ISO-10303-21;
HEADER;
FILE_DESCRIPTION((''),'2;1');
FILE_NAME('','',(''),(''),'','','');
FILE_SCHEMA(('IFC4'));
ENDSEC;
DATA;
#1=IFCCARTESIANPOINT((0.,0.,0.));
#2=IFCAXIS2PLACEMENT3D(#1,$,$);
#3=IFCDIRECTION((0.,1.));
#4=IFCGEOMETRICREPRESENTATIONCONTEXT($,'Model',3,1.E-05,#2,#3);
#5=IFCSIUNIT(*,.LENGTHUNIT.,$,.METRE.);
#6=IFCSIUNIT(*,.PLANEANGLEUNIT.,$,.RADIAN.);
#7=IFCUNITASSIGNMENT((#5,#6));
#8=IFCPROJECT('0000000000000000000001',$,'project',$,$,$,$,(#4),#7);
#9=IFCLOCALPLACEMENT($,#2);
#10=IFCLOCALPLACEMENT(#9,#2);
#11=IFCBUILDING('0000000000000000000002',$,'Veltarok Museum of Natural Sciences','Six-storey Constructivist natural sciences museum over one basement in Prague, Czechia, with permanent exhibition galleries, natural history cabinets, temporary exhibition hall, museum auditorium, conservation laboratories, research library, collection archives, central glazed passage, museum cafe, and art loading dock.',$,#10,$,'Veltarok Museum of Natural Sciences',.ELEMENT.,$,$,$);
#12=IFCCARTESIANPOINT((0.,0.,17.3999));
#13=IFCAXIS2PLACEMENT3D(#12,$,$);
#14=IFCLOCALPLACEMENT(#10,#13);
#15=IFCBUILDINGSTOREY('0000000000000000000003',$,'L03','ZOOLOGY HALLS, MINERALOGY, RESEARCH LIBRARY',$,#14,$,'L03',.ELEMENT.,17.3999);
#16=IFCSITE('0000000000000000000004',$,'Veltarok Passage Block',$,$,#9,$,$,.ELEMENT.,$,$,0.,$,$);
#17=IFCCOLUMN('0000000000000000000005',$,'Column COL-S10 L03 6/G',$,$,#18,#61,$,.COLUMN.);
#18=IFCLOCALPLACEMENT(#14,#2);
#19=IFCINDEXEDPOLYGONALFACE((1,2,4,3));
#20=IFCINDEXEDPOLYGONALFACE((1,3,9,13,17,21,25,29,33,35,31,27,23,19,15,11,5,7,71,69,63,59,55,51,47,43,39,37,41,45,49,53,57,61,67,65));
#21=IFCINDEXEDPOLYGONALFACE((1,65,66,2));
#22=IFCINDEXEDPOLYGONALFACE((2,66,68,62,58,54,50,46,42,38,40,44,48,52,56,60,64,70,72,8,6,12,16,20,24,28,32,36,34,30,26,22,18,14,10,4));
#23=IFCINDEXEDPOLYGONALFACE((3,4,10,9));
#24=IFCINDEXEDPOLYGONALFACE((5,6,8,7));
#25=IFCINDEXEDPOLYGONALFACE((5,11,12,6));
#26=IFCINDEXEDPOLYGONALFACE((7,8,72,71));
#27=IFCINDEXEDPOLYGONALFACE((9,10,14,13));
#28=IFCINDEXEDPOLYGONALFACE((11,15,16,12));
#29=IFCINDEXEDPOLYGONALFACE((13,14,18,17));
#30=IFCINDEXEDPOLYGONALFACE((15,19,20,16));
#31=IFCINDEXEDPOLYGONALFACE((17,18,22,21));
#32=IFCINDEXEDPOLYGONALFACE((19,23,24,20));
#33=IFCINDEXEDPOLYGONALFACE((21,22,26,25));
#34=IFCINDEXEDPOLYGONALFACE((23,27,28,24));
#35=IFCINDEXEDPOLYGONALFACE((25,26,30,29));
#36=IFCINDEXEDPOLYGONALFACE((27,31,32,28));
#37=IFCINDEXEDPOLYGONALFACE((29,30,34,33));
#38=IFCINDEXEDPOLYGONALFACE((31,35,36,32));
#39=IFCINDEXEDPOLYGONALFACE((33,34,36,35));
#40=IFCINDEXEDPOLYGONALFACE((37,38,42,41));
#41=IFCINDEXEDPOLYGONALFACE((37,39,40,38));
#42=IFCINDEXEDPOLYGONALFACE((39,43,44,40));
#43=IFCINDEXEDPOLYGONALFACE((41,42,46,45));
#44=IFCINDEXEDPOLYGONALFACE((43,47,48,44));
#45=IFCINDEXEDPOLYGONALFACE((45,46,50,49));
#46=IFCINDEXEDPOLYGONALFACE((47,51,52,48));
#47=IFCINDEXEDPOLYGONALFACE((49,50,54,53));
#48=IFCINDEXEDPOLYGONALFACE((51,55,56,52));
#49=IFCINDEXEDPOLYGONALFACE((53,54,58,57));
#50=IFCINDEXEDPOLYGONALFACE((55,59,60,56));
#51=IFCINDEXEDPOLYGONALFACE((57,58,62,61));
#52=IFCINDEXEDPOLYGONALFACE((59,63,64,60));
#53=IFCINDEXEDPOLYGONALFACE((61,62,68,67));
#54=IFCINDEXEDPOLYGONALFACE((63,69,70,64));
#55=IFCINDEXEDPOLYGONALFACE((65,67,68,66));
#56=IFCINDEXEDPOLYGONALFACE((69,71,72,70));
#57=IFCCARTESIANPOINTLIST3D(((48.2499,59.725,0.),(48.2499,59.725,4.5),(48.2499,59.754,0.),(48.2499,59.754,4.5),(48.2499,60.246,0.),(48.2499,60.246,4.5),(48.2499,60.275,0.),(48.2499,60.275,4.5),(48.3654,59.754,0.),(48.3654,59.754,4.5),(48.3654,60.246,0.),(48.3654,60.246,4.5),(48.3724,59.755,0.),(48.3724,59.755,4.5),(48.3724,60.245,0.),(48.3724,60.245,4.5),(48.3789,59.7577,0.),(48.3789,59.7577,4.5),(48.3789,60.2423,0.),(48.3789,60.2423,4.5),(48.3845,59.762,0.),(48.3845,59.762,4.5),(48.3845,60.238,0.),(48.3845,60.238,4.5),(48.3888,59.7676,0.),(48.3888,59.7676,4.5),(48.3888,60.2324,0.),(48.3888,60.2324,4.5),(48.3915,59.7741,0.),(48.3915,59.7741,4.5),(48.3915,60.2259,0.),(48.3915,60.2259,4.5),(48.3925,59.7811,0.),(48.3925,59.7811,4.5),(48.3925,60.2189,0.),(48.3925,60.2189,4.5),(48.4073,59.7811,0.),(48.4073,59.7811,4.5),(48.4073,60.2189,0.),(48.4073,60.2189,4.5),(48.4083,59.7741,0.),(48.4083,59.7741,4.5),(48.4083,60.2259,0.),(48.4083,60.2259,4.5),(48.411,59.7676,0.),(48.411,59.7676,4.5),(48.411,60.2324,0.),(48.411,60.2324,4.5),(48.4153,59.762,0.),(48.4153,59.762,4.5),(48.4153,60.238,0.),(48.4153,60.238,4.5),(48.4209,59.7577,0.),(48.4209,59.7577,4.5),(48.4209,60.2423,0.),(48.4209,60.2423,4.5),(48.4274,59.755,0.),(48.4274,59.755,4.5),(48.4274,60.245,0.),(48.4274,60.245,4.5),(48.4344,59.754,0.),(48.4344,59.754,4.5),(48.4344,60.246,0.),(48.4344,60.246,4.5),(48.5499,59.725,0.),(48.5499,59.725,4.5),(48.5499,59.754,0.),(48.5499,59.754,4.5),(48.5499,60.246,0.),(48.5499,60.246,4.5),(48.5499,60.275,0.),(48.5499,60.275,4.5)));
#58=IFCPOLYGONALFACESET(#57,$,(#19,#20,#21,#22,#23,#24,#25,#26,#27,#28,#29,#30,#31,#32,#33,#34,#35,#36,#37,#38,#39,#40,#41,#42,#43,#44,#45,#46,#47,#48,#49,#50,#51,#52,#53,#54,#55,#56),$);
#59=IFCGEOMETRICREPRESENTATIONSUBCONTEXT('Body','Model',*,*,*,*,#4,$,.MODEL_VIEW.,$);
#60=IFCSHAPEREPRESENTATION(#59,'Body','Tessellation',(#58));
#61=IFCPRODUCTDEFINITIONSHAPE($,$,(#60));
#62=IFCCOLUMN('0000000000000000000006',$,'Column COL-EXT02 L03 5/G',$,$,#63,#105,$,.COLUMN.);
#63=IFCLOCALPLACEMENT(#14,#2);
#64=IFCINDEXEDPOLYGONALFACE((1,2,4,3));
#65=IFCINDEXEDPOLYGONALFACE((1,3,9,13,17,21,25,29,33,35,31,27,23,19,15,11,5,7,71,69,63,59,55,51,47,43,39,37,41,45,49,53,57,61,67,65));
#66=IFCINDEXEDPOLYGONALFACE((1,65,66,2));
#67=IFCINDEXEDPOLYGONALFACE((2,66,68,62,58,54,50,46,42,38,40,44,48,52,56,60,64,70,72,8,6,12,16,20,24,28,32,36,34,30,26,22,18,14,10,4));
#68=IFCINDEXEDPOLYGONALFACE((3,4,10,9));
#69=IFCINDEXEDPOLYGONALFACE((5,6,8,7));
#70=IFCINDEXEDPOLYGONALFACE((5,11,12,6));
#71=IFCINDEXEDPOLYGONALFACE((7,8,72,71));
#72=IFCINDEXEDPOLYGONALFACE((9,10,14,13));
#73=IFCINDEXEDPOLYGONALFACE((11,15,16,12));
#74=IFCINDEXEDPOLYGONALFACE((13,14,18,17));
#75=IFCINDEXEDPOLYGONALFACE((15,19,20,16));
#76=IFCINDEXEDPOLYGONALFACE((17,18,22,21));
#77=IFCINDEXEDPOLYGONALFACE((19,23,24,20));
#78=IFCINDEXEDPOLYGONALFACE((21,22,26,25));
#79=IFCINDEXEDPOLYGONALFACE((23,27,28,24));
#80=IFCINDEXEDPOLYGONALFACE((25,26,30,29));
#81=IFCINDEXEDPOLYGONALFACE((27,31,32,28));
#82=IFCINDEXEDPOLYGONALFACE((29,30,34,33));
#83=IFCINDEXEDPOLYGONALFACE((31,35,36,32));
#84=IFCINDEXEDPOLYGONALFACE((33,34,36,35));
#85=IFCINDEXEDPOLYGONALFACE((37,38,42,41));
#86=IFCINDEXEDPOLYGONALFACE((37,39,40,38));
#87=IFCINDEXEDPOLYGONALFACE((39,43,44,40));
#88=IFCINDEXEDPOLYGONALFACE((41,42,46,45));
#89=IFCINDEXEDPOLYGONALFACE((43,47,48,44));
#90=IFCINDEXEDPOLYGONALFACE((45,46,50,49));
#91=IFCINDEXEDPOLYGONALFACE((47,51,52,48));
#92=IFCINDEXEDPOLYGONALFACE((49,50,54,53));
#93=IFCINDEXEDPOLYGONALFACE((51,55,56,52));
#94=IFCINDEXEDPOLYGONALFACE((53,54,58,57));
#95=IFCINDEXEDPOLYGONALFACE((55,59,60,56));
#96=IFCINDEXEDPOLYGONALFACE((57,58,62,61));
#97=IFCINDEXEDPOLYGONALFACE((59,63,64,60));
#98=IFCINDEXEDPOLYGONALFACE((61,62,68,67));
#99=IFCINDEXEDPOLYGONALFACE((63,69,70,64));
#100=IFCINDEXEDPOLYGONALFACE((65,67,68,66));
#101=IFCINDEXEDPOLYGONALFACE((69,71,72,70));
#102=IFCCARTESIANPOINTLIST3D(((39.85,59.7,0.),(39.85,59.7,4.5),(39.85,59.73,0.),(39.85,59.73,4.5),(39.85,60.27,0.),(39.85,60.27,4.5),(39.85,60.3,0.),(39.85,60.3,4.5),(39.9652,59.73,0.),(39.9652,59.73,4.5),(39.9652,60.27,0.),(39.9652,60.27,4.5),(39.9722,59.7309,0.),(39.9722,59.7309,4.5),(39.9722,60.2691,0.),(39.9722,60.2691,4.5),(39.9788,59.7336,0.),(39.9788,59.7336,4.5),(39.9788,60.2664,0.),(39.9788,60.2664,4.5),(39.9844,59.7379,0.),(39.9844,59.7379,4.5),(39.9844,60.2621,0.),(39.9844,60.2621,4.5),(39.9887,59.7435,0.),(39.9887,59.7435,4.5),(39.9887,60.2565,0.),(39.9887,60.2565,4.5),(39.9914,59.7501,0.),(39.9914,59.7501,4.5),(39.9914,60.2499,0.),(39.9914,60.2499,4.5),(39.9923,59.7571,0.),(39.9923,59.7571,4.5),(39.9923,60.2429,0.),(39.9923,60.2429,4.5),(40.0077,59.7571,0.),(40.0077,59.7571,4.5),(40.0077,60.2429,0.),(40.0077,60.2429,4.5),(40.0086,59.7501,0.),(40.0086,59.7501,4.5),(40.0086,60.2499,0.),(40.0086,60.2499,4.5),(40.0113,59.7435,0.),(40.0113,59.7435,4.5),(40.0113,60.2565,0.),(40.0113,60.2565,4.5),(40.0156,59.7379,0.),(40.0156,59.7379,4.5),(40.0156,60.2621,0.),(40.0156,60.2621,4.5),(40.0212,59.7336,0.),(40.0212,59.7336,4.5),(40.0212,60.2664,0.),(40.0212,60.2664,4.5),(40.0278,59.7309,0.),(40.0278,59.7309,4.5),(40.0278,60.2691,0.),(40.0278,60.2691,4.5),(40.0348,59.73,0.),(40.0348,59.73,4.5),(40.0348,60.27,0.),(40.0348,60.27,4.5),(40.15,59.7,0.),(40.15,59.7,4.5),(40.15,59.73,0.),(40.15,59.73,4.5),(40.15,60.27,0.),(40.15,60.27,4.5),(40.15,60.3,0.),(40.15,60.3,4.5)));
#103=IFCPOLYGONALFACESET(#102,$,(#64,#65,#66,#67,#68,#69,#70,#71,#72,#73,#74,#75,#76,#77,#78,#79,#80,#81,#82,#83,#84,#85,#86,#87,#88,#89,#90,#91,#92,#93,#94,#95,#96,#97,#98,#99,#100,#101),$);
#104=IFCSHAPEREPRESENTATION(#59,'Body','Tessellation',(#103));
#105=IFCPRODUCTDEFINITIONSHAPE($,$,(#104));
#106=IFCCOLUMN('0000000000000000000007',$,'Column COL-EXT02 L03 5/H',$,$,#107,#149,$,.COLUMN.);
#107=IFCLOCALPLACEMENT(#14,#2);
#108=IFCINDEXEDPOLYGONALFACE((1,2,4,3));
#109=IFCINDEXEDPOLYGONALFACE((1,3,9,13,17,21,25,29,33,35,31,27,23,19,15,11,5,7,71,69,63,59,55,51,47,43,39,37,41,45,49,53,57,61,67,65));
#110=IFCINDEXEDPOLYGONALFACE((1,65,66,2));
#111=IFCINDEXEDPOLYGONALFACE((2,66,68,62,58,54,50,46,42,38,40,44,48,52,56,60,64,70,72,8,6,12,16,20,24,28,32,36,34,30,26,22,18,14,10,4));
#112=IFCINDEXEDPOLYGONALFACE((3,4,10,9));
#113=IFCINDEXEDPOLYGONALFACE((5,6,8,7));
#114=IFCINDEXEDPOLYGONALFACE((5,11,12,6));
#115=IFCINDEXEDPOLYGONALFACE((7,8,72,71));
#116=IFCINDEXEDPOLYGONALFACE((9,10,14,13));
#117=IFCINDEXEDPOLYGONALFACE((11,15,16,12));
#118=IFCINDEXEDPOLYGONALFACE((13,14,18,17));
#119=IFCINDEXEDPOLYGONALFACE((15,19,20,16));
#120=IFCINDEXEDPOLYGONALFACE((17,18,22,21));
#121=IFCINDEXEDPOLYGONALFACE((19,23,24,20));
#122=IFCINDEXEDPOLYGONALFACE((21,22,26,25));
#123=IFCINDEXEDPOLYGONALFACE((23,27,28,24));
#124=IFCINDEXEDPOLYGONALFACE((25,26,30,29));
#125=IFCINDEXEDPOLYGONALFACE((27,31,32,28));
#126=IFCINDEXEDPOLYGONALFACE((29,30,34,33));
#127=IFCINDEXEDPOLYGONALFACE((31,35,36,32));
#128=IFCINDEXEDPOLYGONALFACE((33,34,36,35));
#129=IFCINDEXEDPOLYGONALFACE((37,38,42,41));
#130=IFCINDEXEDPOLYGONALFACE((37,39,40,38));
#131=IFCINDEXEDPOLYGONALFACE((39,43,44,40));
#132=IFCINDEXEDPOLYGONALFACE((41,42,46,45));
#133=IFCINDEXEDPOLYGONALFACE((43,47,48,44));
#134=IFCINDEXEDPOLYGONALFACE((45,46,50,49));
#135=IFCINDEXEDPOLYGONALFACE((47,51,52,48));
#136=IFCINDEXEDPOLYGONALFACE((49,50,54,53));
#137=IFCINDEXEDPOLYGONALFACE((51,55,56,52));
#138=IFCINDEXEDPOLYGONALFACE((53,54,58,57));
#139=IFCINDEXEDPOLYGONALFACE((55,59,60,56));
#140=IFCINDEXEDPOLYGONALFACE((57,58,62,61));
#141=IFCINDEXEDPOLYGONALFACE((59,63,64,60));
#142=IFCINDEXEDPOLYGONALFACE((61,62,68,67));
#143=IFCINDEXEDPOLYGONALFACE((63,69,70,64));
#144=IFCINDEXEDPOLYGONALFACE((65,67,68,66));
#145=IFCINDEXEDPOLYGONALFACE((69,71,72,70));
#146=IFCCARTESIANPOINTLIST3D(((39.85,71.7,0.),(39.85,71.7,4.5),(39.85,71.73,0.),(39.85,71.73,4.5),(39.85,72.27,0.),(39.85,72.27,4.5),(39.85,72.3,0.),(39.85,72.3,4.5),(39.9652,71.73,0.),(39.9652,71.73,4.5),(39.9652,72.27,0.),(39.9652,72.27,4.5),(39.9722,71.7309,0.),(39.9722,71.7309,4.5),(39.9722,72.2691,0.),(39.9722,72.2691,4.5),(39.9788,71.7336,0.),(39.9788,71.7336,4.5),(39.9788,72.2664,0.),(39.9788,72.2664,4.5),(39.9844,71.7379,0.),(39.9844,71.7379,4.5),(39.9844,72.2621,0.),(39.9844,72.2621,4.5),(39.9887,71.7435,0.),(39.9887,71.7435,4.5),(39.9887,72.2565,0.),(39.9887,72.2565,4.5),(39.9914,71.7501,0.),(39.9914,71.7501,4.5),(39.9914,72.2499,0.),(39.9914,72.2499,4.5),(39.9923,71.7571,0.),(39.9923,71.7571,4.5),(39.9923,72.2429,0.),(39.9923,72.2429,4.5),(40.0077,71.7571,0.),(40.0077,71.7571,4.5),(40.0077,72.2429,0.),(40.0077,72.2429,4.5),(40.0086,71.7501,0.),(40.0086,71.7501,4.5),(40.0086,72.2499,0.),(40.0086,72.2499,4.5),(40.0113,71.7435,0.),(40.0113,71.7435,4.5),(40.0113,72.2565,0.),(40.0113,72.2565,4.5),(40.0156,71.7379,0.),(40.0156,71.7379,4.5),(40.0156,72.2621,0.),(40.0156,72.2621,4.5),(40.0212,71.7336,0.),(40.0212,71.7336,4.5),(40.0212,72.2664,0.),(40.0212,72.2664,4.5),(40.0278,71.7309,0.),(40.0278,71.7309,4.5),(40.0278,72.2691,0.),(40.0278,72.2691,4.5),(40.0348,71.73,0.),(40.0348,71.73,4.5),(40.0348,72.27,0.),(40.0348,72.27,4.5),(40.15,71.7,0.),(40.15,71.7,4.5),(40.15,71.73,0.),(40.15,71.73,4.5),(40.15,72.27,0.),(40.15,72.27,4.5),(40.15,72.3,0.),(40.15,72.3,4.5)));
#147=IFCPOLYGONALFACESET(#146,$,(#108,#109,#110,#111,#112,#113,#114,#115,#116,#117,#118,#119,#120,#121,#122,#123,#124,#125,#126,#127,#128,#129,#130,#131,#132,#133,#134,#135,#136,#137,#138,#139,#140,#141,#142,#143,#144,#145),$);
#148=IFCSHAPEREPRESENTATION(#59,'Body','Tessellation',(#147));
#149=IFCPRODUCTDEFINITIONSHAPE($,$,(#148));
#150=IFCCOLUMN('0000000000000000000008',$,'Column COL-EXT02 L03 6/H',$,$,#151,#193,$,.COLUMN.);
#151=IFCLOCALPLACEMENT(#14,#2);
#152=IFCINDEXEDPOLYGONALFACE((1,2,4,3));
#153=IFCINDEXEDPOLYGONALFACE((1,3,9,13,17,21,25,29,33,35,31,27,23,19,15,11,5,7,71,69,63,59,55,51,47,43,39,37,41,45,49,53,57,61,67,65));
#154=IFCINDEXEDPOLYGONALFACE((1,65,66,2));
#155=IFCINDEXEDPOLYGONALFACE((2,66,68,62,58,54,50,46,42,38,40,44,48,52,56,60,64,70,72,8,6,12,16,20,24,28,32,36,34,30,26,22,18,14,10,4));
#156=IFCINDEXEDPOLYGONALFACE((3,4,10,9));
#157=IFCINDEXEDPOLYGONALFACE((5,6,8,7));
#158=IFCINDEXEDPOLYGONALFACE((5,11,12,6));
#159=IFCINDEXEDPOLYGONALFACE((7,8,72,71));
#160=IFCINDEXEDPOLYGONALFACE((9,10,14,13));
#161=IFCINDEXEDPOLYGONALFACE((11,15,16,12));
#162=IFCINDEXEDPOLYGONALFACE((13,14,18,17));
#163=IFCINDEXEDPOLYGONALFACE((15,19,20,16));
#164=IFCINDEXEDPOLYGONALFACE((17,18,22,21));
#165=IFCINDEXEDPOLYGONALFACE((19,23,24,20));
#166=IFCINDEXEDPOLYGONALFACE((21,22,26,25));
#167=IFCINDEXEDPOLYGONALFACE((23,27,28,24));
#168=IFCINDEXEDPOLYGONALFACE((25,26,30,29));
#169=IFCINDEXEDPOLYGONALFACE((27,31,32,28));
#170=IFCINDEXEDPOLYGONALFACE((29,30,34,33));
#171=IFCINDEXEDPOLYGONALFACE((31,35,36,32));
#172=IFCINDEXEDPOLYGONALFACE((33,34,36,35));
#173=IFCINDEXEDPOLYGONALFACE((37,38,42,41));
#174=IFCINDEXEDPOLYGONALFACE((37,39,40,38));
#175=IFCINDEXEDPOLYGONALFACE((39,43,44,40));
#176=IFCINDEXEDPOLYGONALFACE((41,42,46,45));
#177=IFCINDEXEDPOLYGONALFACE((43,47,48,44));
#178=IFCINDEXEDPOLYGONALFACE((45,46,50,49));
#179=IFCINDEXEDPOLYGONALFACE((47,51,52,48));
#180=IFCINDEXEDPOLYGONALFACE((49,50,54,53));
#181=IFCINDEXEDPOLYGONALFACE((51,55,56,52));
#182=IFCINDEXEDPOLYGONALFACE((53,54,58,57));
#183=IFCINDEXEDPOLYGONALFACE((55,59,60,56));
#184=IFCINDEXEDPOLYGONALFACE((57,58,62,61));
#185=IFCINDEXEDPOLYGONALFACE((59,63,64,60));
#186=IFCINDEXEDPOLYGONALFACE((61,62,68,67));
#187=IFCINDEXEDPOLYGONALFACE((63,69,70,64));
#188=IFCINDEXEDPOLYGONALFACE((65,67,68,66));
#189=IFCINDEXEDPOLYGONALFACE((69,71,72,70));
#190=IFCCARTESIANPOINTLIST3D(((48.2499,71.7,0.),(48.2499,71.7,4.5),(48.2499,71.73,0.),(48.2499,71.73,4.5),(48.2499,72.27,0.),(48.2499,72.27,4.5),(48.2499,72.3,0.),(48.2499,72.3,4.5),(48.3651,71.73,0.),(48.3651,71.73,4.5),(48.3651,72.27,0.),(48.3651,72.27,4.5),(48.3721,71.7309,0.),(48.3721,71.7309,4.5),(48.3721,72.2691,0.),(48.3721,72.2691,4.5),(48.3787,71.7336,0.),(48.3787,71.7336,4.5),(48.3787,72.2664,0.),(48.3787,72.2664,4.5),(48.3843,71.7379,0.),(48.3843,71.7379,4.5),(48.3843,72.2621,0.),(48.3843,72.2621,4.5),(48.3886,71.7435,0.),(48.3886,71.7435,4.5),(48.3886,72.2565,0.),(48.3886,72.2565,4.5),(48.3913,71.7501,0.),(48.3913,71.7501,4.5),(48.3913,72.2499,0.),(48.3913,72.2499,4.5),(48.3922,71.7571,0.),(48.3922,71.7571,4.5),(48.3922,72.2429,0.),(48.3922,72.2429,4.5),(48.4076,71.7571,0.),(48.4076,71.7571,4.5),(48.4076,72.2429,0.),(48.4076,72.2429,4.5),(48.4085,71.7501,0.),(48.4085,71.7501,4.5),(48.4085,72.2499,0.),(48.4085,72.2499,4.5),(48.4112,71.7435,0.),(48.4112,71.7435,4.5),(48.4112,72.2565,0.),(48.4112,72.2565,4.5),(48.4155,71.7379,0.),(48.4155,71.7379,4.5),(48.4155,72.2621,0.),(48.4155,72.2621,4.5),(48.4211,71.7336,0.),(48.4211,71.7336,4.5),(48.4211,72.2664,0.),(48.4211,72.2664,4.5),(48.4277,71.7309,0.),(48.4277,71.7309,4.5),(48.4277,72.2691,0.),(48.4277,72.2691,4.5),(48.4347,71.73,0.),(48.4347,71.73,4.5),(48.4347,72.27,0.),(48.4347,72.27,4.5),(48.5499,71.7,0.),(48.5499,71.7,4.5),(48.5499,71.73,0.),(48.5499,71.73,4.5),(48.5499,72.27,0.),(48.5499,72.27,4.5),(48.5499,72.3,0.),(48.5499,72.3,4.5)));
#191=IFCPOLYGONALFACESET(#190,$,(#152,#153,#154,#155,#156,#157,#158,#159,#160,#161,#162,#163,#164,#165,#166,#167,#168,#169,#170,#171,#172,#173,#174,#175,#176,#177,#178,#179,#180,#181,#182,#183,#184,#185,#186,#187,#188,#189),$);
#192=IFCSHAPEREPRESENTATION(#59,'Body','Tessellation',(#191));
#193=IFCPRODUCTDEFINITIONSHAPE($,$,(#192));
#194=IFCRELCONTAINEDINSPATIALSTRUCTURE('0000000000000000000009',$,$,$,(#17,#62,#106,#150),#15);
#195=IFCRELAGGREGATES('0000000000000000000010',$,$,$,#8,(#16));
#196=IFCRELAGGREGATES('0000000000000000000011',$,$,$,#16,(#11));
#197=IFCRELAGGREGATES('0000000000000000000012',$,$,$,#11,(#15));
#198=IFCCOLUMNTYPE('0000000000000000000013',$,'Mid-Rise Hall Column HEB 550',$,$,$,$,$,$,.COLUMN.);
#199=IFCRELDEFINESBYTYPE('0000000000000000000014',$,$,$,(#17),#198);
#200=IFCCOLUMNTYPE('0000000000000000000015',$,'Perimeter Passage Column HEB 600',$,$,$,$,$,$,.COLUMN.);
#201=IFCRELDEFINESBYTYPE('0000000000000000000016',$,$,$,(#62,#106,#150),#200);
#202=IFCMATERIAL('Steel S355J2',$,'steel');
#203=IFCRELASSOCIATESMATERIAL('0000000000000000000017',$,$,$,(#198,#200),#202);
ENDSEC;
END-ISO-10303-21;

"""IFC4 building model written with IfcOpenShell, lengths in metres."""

from ifc_helpers import new_model, si_unit, direction, frame, origin, origin_2d, place, context, subcontext, project, spatial, i_section, extrude, material, material_profile, profile_set, type_object, element, save


model = new_model("IFC4")

# Units and contexts
model_context = context("Model", 3, precision=1e-05, world=origin(), true_north=direction((0.0, 1.0)))
body_context = subcontext(model_context, "Body", "Model", "MODEL_VIEW")
ifc_project = project(units=[si_unit("LENGTHUNIT", "METRE"), si_unit("PLANEANGLEUNIT", "RADIAN")], contexts=[model_context])

# Site, building, storey
site_placement = place(None, origin())
site = spatial("IfcSite", under=ifc_project, at=site_placement, Name="Veltarok Passage Block", CompositionType="ELEMENT", RefElevation=0.0)
building_placement = place(site_placement, origin())
building = spatial("IfcBuilding", under=site, at=building_placement, Name="Veltarok Museum of Natural Sciences", Description="Six-storey Constructivist natural sciences museum over one basement in Prague, Czechia, with permanent exhibition galleries, natural history cabinets, temporary exhibition hall, museum auditorium, conservation laboratories, research library, collection archives, central glazed passage, museum cafe, and art loading dock.", LongName="Veltarok Museum of Natural Sciences", CompositionType="ELEMENT")
storey_placement = place(building_placement, frame((0.0, 0.0, 17.3999)))
storey = spatial("IfcBuildingStorey", under=building, at=storey_placement, Name="L03", Description="ZOOLOGY HALLS, MINERALOGY, RESEARCH LIBRARY", LongName="L03", CompositionType="ELEMENT", Elevation=17.3999)

# Columns
ifc_material_1 = material(Name="Steel S355J2", Category="steel")
ifc_material_profile_1 = material_profile(ifc_material_1, i_section(OverallWidth=0.3, OverallDepth=0.55, WebThickness=0.0149, FlangeThickness=0.0291, FilletRadius=0.0271, at=origin_2d()), Name="HEB 550")
ifc_profile_set_1 = profile_set([ifc_material_profile_1], Name="Steel S355J2")
column_type_1 = type_object("IfcColumnType", Name="Mid-Rise Hall Column HEB 550", PredefinedType="COLUMN", material=ifc_profile_set_1)
column_placement = place(storey_placement, frame((48.3999, 60.0, 0.0), z_axis=(0.0, 0.0, 1.0), x_axis=(1.0, 0.0, 0.0)))
element("IfcColumn", 1, at=column_placement, inside=storey, type_object=column_type_1, Name="Column COL-S10 L03 6/G", PredefinedType="COLUMN", context=body_context, shape_type="SweptSolid", body=[
    extrude(i_section(OverallWidth=0.3, OverallDepth=0.55, WebThickness=0.0149, FlangeThickness=0.0291, FilletRadius=0.0271, at=origin_2d()), origin(), (0.0, 0.0, 1.0), 4.5),
])
ifc_material_profile_2 = material_profile(ifc_material_1, i_section(OverallWidth=0.3, OverallDepth=0.6001, WebThickness=0.0154, FlangeThickness=0.03, FilletRadius=0.0271, at=origin_2d()), Name="HEB 600")
ifc_profile_set_2 = profile_set([ifc_material_profile_2], Name="Steel S355J2")
column_type_2 = type_object("IfcColumnType", Name="Perimeter Passage Column HEB 600", PredefinedType="COLUMN", material=ifc_profile_set_2)
for number, where, z_axis, x_axis, name in (
    (2, (40.0, 60.0, 0.0), (0.0, 0.0, 1.0), (1.0, 0.0, 0.0), "Column COL-EXT02 L03 5/G"),
    (3, (40.0, 72.0, 0.0), (0.0, 0.0, 1.0), (1.0, 0.0, 0.0), "Column COL-EXT02 L03 5/H"),
    (4, (48.3999, 72.0, 0.0), (0.0, 0.0, 1.0), (1.0, 0.0, 0.0), "Column COL-EXT02 L03 6/H"),
):
    element("IfcColumn", number, at=place(storey_placement, frame(where, z_axis=z_axis, x_axis=x_axis)), inside=storey, type_object=column_type_2, Name=name, PredefinedType="COLUMN", context=body_context, shape_type="SweptSolid", body=[
        extrude(i_section(OverallWidth=0.3, OverallDepth=0.6001, WebThickness=0.0154, FlangeThickness=0.03, FilletRadius=0.0271, at=origin_2d()), origin(), (0.0, 0.0, 1.0), 4.5),
    ])

save(model, "model.ifc")
